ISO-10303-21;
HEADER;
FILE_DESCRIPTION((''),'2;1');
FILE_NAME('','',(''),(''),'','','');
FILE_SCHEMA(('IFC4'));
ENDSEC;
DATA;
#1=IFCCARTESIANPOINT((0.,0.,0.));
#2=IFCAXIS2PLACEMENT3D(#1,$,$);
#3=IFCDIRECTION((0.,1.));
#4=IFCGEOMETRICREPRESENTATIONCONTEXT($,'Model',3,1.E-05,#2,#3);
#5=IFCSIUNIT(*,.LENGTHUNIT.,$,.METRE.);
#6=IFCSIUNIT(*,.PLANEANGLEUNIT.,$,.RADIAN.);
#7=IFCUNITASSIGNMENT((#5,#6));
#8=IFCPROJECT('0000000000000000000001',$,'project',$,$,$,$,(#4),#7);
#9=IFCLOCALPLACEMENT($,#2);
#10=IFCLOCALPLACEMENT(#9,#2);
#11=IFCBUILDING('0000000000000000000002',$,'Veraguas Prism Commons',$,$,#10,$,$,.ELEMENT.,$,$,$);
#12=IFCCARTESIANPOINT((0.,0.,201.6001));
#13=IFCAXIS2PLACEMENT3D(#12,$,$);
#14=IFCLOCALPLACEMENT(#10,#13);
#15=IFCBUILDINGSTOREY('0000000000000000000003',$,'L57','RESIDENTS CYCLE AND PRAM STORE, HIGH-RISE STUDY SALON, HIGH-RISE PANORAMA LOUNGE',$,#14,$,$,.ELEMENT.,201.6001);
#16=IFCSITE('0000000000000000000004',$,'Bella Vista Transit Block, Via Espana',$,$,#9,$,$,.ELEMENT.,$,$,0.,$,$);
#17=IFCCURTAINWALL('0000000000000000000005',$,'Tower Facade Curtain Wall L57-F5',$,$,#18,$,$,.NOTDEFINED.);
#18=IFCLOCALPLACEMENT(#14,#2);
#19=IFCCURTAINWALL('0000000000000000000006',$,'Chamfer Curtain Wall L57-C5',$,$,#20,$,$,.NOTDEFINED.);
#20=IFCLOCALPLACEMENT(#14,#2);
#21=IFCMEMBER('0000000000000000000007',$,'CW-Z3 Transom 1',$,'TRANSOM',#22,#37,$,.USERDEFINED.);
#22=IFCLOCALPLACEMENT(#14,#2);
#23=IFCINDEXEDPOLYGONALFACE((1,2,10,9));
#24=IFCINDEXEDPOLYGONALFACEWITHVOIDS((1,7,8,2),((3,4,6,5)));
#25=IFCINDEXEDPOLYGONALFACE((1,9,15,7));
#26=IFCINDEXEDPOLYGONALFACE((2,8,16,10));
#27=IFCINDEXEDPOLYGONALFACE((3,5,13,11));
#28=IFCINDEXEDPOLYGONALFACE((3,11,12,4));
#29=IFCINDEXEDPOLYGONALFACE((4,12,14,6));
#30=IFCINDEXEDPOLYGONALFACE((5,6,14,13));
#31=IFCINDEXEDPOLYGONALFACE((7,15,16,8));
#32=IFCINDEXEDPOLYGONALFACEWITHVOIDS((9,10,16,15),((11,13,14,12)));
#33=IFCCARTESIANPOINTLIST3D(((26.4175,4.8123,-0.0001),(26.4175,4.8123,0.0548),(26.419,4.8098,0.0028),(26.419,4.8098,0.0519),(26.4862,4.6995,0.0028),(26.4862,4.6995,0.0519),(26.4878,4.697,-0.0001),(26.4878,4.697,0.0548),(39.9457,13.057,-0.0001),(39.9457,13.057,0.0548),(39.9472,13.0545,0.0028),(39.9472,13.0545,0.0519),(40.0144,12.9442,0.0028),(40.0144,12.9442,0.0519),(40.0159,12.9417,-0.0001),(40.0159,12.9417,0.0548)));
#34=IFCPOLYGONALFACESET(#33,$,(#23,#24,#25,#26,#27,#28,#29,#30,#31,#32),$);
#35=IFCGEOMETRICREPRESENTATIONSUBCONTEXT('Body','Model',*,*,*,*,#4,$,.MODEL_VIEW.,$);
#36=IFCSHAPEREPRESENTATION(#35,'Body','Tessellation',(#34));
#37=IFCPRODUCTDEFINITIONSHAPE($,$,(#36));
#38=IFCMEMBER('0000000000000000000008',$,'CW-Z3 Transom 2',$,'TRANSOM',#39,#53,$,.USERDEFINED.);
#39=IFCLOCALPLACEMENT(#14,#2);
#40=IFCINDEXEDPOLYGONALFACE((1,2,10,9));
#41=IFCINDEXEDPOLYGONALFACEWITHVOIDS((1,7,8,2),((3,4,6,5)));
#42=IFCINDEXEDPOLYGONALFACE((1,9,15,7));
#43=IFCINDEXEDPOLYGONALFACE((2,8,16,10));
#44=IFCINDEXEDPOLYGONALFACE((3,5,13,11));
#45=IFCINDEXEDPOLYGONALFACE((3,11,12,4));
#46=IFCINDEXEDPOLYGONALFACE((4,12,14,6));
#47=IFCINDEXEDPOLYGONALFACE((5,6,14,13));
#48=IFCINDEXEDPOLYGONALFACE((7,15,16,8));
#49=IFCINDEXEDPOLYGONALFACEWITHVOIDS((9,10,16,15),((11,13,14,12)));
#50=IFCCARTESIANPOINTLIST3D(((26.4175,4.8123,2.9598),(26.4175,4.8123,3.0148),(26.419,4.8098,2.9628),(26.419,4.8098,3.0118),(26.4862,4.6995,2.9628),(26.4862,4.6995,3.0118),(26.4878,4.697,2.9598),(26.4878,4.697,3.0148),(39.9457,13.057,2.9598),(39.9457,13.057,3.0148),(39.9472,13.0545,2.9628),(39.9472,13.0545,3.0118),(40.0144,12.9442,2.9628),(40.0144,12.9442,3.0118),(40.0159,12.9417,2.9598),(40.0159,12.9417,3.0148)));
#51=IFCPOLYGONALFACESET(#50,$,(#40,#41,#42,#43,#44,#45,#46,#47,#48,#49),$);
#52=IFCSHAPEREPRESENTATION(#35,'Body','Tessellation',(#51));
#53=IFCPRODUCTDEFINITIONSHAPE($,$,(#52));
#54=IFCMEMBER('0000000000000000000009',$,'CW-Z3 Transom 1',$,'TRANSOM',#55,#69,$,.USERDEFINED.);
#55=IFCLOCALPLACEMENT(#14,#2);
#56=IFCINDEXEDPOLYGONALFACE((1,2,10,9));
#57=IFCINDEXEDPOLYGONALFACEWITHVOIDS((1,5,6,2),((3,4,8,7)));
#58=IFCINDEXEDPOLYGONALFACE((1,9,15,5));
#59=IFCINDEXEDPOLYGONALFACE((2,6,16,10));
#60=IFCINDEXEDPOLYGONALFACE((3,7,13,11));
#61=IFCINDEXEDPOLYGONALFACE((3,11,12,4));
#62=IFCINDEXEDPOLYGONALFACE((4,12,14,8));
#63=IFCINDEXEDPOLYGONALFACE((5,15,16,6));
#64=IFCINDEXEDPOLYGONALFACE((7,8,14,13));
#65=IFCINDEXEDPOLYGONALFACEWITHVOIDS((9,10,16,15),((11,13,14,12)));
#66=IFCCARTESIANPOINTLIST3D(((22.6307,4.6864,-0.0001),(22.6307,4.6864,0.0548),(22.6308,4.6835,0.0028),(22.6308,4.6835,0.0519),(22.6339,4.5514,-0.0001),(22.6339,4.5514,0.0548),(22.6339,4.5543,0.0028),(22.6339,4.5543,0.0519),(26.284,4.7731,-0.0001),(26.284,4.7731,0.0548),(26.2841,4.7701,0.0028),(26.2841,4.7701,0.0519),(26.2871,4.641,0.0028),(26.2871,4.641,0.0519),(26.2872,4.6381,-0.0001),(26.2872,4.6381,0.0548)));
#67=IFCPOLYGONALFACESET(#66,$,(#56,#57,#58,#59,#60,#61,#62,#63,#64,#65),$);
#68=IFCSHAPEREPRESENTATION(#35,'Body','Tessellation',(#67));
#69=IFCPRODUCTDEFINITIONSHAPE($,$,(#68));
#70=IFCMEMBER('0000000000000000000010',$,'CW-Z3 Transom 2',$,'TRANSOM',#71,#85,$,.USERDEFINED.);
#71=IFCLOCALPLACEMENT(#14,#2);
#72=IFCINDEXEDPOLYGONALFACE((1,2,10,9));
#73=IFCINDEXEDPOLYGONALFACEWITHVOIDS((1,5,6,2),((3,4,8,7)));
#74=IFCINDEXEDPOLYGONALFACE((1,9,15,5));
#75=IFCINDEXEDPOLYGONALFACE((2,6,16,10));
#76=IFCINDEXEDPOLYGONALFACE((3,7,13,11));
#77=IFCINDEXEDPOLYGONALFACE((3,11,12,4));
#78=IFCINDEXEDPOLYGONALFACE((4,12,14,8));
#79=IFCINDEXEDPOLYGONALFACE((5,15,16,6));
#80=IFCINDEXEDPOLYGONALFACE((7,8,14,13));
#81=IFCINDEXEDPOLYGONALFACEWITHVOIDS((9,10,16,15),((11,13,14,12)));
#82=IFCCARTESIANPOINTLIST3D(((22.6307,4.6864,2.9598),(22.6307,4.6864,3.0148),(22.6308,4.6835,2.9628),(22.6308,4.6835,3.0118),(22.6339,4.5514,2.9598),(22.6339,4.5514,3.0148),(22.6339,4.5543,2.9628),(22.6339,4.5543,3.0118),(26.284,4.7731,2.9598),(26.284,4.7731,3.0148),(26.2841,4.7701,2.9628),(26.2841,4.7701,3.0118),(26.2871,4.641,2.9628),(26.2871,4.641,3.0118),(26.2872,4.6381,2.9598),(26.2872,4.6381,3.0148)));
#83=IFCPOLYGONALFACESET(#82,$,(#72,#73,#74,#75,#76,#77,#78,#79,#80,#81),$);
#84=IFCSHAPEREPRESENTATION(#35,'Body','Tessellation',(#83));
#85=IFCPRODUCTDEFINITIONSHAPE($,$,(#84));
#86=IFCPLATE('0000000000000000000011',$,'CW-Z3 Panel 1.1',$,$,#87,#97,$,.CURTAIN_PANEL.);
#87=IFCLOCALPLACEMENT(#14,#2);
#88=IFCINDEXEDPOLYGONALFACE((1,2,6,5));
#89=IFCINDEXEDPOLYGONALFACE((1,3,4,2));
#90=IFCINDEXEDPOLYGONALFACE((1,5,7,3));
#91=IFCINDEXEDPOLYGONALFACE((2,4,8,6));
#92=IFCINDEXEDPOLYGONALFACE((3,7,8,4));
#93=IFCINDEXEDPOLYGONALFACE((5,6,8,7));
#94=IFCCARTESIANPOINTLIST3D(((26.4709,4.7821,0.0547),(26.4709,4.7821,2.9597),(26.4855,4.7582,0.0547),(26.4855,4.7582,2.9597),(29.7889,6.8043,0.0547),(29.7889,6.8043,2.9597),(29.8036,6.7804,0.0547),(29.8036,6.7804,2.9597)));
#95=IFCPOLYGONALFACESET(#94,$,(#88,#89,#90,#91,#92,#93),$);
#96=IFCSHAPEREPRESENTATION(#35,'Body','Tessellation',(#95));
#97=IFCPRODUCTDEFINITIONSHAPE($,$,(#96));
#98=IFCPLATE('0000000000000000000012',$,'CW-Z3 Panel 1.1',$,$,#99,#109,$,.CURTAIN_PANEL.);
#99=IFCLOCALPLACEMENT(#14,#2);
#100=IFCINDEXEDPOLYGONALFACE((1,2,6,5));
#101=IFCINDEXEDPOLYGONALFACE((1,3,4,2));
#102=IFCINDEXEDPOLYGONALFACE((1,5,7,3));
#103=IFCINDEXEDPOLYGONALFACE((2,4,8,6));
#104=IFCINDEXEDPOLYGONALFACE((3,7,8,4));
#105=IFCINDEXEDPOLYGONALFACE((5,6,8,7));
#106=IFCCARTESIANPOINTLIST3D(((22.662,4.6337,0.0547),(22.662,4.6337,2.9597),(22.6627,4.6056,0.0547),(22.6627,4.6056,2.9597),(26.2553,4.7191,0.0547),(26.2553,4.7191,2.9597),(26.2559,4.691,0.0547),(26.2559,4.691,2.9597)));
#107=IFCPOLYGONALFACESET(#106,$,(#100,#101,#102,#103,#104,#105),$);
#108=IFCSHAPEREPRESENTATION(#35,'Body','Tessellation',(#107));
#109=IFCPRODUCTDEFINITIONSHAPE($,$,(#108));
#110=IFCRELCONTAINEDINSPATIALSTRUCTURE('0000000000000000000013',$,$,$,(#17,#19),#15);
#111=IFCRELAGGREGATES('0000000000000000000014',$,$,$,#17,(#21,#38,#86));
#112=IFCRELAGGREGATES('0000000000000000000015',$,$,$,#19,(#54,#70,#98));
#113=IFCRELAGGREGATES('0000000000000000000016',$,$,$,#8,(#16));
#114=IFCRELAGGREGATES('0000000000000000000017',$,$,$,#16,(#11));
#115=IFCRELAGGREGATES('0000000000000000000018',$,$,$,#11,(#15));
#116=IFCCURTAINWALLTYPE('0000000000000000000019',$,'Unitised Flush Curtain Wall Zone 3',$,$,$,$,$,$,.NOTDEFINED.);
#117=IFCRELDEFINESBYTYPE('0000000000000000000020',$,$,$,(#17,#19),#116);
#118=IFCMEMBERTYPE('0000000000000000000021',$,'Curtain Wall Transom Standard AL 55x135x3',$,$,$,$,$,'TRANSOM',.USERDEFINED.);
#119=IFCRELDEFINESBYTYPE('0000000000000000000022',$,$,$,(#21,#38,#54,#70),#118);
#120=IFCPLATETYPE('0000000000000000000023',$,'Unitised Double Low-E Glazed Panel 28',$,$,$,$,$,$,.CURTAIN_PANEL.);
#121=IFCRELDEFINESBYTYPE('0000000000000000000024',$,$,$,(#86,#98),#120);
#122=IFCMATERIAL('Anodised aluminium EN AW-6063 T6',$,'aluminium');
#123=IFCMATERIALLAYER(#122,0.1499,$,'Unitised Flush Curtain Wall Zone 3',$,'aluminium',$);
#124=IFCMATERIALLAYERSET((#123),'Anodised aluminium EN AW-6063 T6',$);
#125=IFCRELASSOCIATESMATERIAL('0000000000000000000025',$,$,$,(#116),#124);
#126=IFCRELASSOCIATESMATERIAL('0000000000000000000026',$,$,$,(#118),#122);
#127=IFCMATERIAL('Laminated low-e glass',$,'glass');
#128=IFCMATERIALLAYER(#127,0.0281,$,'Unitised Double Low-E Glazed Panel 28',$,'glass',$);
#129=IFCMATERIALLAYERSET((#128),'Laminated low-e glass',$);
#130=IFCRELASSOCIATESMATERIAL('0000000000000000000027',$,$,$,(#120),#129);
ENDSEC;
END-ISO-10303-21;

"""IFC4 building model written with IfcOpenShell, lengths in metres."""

from ifc_helpers import new_model, si_unit, direction, frame, origin, origin_2d, place, context, subcontext, project, spatial, rectangle, hollow_rectangle, extrude, source, transform, mapped, material, layer, layer_set, material_profile, profile_set, type_object, element, aggregate, save


model = new_model("IFC4")

# Units and contexts
model_context = context("Model", 3, precision=1e-05, world=origin(), true_north=direction((0.0, 1.0)))
body_context = subcontext(model_context, "Body", "Model", "MODEL_VIEW")
ifc_project = project(units=[si_unit("LENGTHUNIT", "METRE"), si_unit("PLANEANGLEUNIT", "RADIAN")], contexts=[model_context])

# Site, building, storey
site_placement = place(None, origin())
site = spatial("IfcSite", under=ifc_project, at=site_placement, Name="Bella Vista Transit Block, Via Espana", CompositionType="ELEMENT", RefElevation=0.0)
building_placement = place(site_placement, origin())
building = spatial("IfcBuilding", under=site, at=building_placement, Name="Veraguas Prism Commons", CompositionType="ELEMENT")
storey_placement = place(building_placement, frame((0.0, 0.0, 201.6001)))
storey = spatial("IfcBuildingStorey", under=building, at=storey_placement, Name="L57", Description="RESIDENTS CYCLE AND PRAM STORE, HIGH-RISE STUDY SALON, HIGH-RISE PANORAMA LOUNGE", CompositionType="ELEMENT", Elevation=201.6001)

# Shared definitions
ifc_material_1 = material(Name="Anodised aluminium EN AW-6063 T6", Category="aluminium")
ifc_layer_1 = layer(ifc_material_1, 0.1499, Name="Unitised Flush Curtain Wall Zone 3", Category="aluminium")
ifc_layer_set_1 = layer_set([ifc_layer_1], Name="Anodised aluminium EN AW-6063 T6")
curtain_wall_type = type_object("IfcCurtainWallType", Name="Unitised Flush Curtain Wall Zone 3", PredefinedType="NOTDEFINED", material=ifc_layer_set_1)

# Curtain walls
curtain_wall_1_placement = place(storey_placement, origin())
curtain_wall_1 = element("IfcCurtainWall", 1, at=curtain_wall_1_placement, inside=storey, type_object=curtain_wall_type, Name="Tower Facade Curtain Wall L57-F5", PredefinedType="NOTDEFINED")
curtain_wall_2_placement = place(storey_placement, origin())
curtain_wall_2 = element("IfcCurtainWall", 2, at=curtain_wall_2_placement, inside=storey, type_object=curtain_wall_type, Name="Chamfer Curtain Wall L57-C5", PredefinedType="NOTDEFINED")

# Members
ifc_material_profile_1 = material_profile(ifc_material_1, hollow_rectangle(XDim=0.0549, YDim=0.135, WallThickness=0.0029, at=origin_2d()), Name="AL55X135X3")
ifc_profile_set_1 = profile_set([ifc_material_profile_1], Name="Anodised aluminium EN AW-6063 T6")
member_type_1 = type_object("IfcMemberType", Name="Curtain Wall Transom Standard AL 55x135x3", ElementType="TRANSOM", PredefinedType="USERDEFINED", material=ifc_profile_set_1)
shared_shape_1 = source(origin(), body_context, "Body", "SweptSolid", [
    extrude(hollow_rectangle(XDim=0.0549, YDim=0.135, WallThickness=0.0029, at=origin_2d()), origin(), (0.0, 0.0, 1.0), 15.8425),
])
member_1_placement = place(storey_placement, frame((26.4526, 4.7546, 0.0273), z_axis=(0.853914, 0.520414, 0.0), x_axis=(0.0, 0.0, 1.0)))
member_1 = element("IfcMember", 3, at=member_1_placement, type_object=member_type_1, Name="CW-Z3 Transom 1", ObjectType="TRANSOM", PredefinedType="USERDEFINED", context=body_context, shape_type="MappedRepresentation", body=[
    mapped(shared_shape_1, transform((0.0, 0.0, 0.0), scale=1.0)),
])
member_2_placement = place(storey_placement, frame((26.4526, 4.7546, 2.9873), z_axis=(0.853914, 0.520414, 0.0), x_axis=(0.0, 0.0, 1.0)))
member_2 = element("IfcMember", 4, at=member_2_placement, type_object=member_type_1, Name="CW-Z3 Transom 2", ObjectType="TRANSOM", PredefinedType="USERDEFINED", context=body_context, shape_type="MappedRepresentation", body=[
    mapped(shared_shape_1, transform((0.0, 0.0, 0.0), scale=1.0)),
])
shared_shape_2 = source(origin(), body_context, "Body", "SweptSolid", [
    extrude(hollow_rectangle(XDim=0.0549, YDim=0.135, WallThickness=0.0029, at=origin_2d()), origin(), (0.0, 0.0, 1.0), 3.6543),
])
member_3_placement = place(storey_placement, frame((22.6323, 4.6189, 0.0273), z_axis=(0.999719, 0.023717, 0.0), x_axis=(0.0, 0.0, 1.0)))
member_3 = element("IfcMember", 5, at=member_3_placement, type_object=member_type_1, Name="CW-Z3 Transom 1", ObjectType="TRANSOM", PredefinedType="USERDEFINED", context=body_context, shape_type="MappedRepresentation", body=[
    mapped(shared_shape_2, transform((0.0, 0.0, 0.0), scale=1.0)),
])
member_4_placement = place(storey_placement, frame((22.6323, 4.6189, 2.9873), z_axis=(0.999719, 0.023717, 0.0), x_axis=(0.0, 0.0, 1.0)))
member_4 = element("IfcMember", 6, at=member_4_placement, type_object=member_type_1, Name="CW-Z3 Transom 2", ObjectType="TRANSOM", PredefinedType="USERDEFINED", context=body_context, shape_type="MappedRepresentation", body=[
    mapped(shared_shape_2, transform((0.0, 0.0, 0.0), scale=1.0)),
])

# Plates
ifc_material_2 = material(Name="Laminated low-e glass", Category="glass")
ifc_layer_2 = layer(ifc_material_2, 0.0281, Name="Unitised Double Low-E Glazed Panel 28", Category="glass")
ifc_layer_set_2 = layer_set([ifc_layer_2], Name="Laminated low-e glass")
plate_type = type_object("IfcPlateType", Name="Unitised Double Low-E Glazed Panel 28", PredefinedType="CURTAIN_PANEL", material=ifc_layer_set_2)
shared_shape_3 = source(origin(), body_context, "Body", "SweptSolid", [
    extrude(rectangle(XDim=3.8857, YDim=0.0281, at=origin_2d()), origin(), (0.0, 0.0, 1.0), 2.905),
])
plate_1_placement = place(storey_placement, frame((28.1372, 5.7812, 0.0547), z_axis=(0.0, 0.0, 1.0), x_axis=(0.853914, 0.520414, 0.0)))
plate_1 = element("IfcPlate", 7, at=plate_1_placement, type_object=plate_type, Name="CW-Z3 Panel 1.1", PredefinedType="CURTAIN_PANEL", context=body_context, shape_type="MappedRepresentation", body=[
    mapped(shared_shape_3, transform((0.0, 0.0, 0.0), scale=1.0)),
])
aggregate(curtain_wall_1, [member_1, member_2, plate_1])
shared_shape_4 = source(origin(), body_context, "Body", "SweptSolid", [
    extrude(rectangle(XDim=3.5942, YDim=0.0281, at=origin_2d()), origin(), (0.0, 0.0, 1.0), 2.905),
])
plate_2_placement = place(storey_placement, frame((24.459, 4.6624, 0.0547), z_axis=(0.0, 0.0, 1.0), x_axis=(0.999718, 0.023746, 0.0)))
plate_2 = element("IfcPlate", 8, at=plate_2_placement, type_object=plate_type, Name="CW-Z3 Panel 1.1", PredefinedType="CURTAIN_PANEL", context=body_context, shape_type="MappedRepresentation", body=[
    mapped(shared_shape_4, transform((0.0, 0.0, 0.0), scale=1.0)),
])
aggregate(curtain_wall_2, [member_3, member_4, plate_2])

save(model, "model.ifc")
